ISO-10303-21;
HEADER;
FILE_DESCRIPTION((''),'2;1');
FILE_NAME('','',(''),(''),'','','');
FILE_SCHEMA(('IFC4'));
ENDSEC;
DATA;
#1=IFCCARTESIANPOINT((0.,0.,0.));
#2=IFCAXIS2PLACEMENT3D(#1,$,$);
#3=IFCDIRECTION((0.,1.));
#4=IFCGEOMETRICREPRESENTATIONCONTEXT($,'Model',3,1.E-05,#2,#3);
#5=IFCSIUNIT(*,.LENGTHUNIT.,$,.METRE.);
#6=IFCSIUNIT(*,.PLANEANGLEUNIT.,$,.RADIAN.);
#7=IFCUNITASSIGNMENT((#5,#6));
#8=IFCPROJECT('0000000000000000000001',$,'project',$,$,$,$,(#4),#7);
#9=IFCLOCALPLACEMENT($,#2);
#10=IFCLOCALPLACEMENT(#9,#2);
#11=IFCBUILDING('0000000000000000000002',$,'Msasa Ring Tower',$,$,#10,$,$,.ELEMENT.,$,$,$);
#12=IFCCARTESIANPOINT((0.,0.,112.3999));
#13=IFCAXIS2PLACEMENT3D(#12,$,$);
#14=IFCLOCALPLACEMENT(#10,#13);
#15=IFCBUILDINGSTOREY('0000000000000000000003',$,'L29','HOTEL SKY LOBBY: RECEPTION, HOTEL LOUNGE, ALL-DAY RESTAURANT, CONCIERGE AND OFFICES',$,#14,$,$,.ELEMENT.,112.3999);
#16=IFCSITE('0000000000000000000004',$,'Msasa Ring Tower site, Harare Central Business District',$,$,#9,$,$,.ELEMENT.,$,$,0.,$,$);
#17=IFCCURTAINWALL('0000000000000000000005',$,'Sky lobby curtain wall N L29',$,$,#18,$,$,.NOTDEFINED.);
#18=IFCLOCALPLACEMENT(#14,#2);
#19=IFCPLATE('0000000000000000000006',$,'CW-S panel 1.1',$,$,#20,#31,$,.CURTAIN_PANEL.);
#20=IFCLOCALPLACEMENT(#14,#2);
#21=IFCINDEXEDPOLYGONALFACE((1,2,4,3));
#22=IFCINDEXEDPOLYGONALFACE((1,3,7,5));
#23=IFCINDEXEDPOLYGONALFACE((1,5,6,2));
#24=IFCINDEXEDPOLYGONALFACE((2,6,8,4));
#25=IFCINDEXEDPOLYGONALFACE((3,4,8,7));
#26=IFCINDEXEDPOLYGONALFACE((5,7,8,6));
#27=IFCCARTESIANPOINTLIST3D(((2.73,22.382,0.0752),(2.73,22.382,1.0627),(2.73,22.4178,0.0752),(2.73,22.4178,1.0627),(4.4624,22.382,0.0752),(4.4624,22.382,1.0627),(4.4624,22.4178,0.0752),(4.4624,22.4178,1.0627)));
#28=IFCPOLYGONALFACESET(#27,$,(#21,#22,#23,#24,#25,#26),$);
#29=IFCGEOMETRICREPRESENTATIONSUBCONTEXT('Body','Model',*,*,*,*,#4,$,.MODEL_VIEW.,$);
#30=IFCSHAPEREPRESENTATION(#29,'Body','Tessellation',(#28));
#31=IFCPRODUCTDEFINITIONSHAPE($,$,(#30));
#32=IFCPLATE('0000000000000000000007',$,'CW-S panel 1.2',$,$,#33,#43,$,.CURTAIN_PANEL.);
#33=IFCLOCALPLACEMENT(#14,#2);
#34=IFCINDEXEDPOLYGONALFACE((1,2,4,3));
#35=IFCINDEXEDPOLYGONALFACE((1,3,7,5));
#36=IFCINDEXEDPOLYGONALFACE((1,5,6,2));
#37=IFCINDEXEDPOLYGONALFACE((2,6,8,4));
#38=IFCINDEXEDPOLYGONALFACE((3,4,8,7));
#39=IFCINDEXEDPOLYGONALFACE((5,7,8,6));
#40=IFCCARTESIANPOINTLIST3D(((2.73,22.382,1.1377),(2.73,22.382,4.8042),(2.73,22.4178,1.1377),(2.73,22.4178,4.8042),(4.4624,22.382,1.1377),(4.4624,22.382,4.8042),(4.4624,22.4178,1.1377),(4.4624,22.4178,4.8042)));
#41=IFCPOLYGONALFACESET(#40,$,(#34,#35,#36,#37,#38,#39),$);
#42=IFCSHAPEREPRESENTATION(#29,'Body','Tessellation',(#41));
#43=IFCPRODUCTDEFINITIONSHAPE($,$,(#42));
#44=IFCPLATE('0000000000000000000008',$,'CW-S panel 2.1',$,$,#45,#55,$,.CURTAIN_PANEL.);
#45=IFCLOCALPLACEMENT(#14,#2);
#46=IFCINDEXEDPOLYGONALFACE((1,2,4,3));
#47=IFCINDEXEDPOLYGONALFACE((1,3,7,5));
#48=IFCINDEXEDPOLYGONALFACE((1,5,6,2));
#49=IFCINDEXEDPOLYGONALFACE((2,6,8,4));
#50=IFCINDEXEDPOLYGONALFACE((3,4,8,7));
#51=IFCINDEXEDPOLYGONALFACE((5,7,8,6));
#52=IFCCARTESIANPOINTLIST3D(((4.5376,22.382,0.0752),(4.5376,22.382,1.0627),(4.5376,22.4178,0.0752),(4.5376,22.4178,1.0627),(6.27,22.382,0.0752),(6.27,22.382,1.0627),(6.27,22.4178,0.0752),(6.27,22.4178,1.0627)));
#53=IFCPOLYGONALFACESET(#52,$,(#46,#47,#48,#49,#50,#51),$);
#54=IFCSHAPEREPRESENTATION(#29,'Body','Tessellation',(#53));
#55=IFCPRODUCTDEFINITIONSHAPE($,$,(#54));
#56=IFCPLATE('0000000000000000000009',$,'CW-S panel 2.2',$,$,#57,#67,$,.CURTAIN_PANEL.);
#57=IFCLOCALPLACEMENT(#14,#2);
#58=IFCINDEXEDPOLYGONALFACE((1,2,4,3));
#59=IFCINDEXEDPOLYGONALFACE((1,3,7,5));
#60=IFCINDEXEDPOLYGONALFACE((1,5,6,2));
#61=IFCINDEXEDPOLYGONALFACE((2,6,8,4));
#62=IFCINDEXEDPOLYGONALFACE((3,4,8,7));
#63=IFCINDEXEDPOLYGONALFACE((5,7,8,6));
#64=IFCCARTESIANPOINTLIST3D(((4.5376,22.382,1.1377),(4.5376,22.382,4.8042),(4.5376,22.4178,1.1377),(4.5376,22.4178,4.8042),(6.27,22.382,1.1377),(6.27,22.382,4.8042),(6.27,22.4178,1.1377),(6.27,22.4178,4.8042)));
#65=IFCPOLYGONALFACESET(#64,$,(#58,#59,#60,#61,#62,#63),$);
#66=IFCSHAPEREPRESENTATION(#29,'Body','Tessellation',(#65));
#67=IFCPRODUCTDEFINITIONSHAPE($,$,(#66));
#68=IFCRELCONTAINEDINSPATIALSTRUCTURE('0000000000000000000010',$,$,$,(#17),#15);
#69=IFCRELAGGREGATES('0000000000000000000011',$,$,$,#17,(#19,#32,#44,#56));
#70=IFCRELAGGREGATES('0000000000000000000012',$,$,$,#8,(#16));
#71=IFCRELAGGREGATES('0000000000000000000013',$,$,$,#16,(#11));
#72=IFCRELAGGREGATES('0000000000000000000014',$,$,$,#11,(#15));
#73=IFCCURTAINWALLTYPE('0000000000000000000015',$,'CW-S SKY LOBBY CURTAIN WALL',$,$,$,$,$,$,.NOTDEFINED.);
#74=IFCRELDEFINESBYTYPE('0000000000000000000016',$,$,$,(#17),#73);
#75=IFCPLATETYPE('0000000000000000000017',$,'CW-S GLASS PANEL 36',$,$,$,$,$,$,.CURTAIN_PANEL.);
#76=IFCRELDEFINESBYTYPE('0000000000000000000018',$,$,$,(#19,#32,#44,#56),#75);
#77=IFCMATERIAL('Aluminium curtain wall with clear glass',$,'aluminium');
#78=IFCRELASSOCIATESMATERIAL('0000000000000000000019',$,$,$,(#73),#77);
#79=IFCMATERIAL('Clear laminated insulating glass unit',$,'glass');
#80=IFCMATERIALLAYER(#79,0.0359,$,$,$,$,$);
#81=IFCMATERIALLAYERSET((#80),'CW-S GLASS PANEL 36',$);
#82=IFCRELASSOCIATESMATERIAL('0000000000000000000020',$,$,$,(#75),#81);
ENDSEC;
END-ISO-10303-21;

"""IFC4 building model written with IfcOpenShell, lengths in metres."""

from ifc_helpers import new_model, si_unit, direction, frame, origin, origin_2d, place, context, subcontext, project, spatial, rectangle, extrude, material, layer, layer_set, type_object, element, aggregate, save


model = new_model("IFC4")

# Units and contexts
model_context = context("Model", 3, precision=1e-05, world=origin(), true_north=direction((0.0, 1.0)))
body_context = subcontext(model_context, "Body", "Model", "MODEL_VIEW")
ifc_project = project(units=[si_unit("LENGTHUNIT", "METRE"), si_unit("PLANEANGLEUNIT", "RADIAN")], contexts=[model_context])

# Site, building, storey
site_placement = place(None, origin())
site = spatial("IfcSite", under=ifc_project, at=site_placement, Name="Msasa Ring Tower site, Harare Central Business District", CompositionType="ELEMENT", RefElevation=0.0)
building_placement = place(site_placement, origin())
building = spatial("IfcBuilding", under=site, at=building_placement, Name="Msasa Ring Tower", CompositionType="ELEMENT")
storey_placement = place(building_placement, frame((0.0, 0.0, 112.3999)))
storey = spatial("IfcBuildingStorey", under=building, at=storey_placement, Name="L29", Description="HOTEL SKY LOBBY: RECEPTION, HOTEL LOUNGE, ALL-DAY RESTAURANT, CONCIERGE AND OFFICES", CompositionType="ELEMENT", Elevation=112.3999)

# Curtain wall
ifc_material_1 = material(Name="Aluminium curtain wall with clear glass", Category="aluminium")
curtain_wall_type = type_object("IfcCurtainWallType", Name="CW-S SKY LOBBY CURTAIN WALL", PredefinedType="NOTDEFINED", material=ifc_material_1)
curtain_wall_1_placement = place(storey_placement, origin())
curtain_wall_1 = element("IfcCurtainWall", 1, at=curtain_wall_1_placement, inside=storey, type_object=curtain_wall_type, Name="Sky lobby curtain wall N L29", PredefinedType="NOTDEFINED")

# Plates
ifc_material_2 = material(Name="Clear laminated insulating glass unit", Category="glass")
ifc_layer = layer(ifc_material_2, 0.0359)
ifc_layer_set = layer_set([ifc_layer], Name="CW-S GLASS PANEL 36")
plate_type = type_object("IfcPlateType", Name="CW-S GLASS PANEL 36", PredefinedType="CURTAIN_PANEL", material=ifc_layer_set)
plate_1_placement = place(storey_placement, frame((3.5962, 22.3999, 0.0752), z_axis=(0.0, 0.0, 1.0), x_axis=(1.0, 0.0, 0.0)))
plate_1 = element("IfcPlate", 2, at=plate_1_placement, type_object=plate_type, Name="CW-S panel 1.1", PredefinedType="CURTAIN_PANEL", context=body_context, shape_type="SweptSolid", body=[
    extrude(rectangle(XDim=1.7324, YDim=0.0359, at=origin_2d()), origin(), (0.0, 0.0, 1.0), 0.9875),
])
plate_2_placement = place(storey_placement, frame((3.5962, 22.3999, 1.1377), z_axis=(0.0, 0.0, 1.0), x_axis=(1.0, 0.0, 0.0)))
plate_2 = element("IfcPlate", 3, at=plate_2_placement, type_object=plate_type, Name="CW-S panel 1.2", PredefinedType="CURTAIN_PANEL", context=body_context, shape_type="SweptSolid", body=[
    extrude(rectangle(XDim=1.7324, YDim=0.0359, at=origin_2d()), origin(), (0.0, 0.0, 1.0), 3.6665),
])
plate_3_placement = place(storey_placement, frame((5.4038, 22.3999, 0.0752), z_axis=(0.0, 0.0, 1.0), x_axis=(1.0, 0.0, 0.0)))
plate_3 = element("IfcPlate", 4, at=plate_3_placement, type_object=plate_type, Name="CW-S panel 2.1", PredefinedType="CURTAIN_PANEL", context=body_context, shape_type="SweptSolid", body=[
    extrude(rectangle(XDim=1.7324, YDim=0.0359, at=origin_2d()), origin(), (0.0, 0.0, 1.0), 0.9875),
])
plate_4_placement = place(storey_placement, frame((5.4038, 22.3999, 1.1377), z_axis=(0.0, 0.0, 1.0), x_axis=(1.0, 0.0, 0.0)))
plate_4 = element("IfcPlate", 5, at=plate_4_placement, type_object=plate_type, Name="CW-S panel 2.2", PredefinedType="CURTAIN_PANEL", context=body_context, shape_type="SweptSolid", body=[
    extrude(rectangle(XDim=1.7324, YDim=0.0359, at=origin_2d()), origin(), (0.0, 0.0, 1.0), 3.6665),
])
aggregate(curtain_wall_1, [plate_1, plate_2, plate_3, plate_4])

save(model, "model.ifc")
